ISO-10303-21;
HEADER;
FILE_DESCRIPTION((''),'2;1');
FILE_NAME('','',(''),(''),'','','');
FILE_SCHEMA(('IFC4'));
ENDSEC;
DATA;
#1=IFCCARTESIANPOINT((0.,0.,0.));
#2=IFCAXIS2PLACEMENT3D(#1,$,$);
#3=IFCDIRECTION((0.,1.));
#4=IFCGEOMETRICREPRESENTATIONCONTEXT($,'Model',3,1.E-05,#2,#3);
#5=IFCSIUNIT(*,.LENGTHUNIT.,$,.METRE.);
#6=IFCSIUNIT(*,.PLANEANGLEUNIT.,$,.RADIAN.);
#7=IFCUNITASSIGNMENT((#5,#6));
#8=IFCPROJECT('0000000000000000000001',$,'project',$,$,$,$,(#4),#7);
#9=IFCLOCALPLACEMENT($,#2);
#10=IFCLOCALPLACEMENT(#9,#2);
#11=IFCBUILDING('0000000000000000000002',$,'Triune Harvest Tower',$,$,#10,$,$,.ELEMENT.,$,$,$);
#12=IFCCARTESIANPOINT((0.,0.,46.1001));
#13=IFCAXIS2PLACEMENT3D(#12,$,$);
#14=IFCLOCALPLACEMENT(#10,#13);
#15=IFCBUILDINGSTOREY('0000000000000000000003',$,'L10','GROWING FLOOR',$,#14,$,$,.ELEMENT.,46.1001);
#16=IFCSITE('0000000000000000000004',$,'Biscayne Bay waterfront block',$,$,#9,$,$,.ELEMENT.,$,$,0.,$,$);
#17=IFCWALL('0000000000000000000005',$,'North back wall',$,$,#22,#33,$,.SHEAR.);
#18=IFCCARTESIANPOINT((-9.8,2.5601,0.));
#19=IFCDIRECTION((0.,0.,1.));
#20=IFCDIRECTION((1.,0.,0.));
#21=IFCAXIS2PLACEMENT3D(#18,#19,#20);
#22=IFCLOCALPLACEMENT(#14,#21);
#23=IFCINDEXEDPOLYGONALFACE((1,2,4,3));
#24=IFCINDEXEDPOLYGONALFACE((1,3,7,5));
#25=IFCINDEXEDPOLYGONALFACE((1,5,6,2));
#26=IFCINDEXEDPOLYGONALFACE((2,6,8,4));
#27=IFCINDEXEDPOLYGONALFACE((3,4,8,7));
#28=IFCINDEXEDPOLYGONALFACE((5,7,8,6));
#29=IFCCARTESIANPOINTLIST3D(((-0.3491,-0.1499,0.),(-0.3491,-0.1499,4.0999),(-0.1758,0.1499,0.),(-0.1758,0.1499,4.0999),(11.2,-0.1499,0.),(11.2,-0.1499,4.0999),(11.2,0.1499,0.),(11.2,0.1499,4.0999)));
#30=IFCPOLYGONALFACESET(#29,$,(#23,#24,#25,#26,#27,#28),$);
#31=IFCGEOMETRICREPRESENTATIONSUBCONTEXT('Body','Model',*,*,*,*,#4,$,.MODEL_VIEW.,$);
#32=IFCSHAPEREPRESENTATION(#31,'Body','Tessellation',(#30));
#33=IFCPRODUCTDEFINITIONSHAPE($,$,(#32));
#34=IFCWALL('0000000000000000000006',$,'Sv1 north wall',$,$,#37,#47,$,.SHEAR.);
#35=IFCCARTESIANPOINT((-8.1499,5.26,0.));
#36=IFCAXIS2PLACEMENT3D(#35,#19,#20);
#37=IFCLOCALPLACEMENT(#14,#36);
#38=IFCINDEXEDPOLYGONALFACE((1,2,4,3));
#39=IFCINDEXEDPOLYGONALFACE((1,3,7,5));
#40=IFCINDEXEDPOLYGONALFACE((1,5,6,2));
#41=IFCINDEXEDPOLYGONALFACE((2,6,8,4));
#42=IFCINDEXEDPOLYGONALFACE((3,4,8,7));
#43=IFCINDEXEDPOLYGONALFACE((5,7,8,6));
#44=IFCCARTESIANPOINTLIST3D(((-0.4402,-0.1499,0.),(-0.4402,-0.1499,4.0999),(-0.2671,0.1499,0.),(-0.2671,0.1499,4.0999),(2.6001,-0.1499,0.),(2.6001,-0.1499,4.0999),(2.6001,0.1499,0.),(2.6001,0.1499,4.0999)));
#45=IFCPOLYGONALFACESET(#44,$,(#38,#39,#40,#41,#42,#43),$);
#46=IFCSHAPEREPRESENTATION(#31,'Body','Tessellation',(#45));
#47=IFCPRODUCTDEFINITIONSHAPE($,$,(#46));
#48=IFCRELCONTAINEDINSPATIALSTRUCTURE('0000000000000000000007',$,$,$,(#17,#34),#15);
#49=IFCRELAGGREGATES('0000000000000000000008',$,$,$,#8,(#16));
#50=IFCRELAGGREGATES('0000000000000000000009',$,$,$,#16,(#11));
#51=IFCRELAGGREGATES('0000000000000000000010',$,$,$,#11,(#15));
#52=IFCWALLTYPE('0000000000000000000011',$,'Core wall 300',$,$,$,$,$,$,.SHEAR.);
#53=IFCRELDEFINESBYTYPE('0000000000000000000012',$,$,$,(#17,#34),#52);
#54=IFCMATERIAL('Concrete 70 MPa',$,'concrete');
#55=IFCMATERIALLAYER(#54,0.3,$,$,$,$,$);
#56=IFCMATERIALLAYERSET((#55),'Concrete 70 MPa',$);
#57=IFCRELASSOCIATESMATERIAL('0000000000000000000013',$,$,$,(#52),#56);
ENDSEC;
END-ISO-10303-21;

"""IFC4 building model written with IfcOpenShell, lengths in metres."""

from ifc_helpers import new_model, si_unit, direction, frame, origin, place, context, subcontext, project, spatial, polyline, outline, extrude, source, transform, mapped, material, layer, layer_set, type_object, element, save


model = new_model("IFC4")

# Units and contexts
model_context = context("Model", 3, precision=1e-05, world=origin(), true_north=direction((0.0, 1.0)))
body_context = subcontext(model_context, "Body", "Model", "MODEL_VIEW")
ifc_project = project(units=[si_unit("LENGTHUNIT", "METRE"), si_unit("PLANEANGLEUNIT", "RADIAN")], contexts=[model_context])

# Site, building, storey
site_placement = place(None, origin())
site = spatial("IfcSite", under=ifc_project, at=site_placement, Name="Biscayne Bay waterfront block", CompositionType="ELEMENT", RefElevation=0.0)
building_placement = place(site_placement, origin())
building = spatial("IfcBuilding", under=site, at=building_placement, Name="Triune Harvest Tower", CompositionType="ELEMENT")
storey_placement = place(building_placement, frame((0.0, 0.0, 46.1001)))
storey = spatial("IfcBuildingStorey", under=building, at=storey_placement, Name="L10", Description="GROWING FLOOR", CompositionType="ELEMENT", Elevation=46.1001)

# Walls
ifc_material_1 = material(Name="Concrete 70 MPa", Category="concrete")
ifc_layer_1 = layer(ifc_material_1, 0.3)
ifc_layer_set_1 = layer_set([ifc_layer_1], Name="Concrete 70 MPa")
wall_type_1 = type_object("IfcWallType", Name="Core wall 300", PredefinedType="SHEAR", material=ifc_layer_set_1)
shared_shape_1 = source(origin(), body_context, "Body", "SweptSolid", [
    extrude(outline(polyline([(11.2, -0.1499), (-0.3491, -0.1499), (-0.1758, 0.1499), (11.2, 0.1499), (11.2, -0.1499)])), origin(), (0.0, 0.0, 1.0), 4.0999),
])
wall_1_placement = place(storey_placement, frame((-9.8, 2.5601, 0.0), z_axis=(0.0, 0.0, 1.0), x_axis=(1.0, 0.0, 0.0)))
element("IfcWall", 1, at=wall_1_placement, inside=storey, type_object=wall_type_1, Name="North back wall", PredefinedType="SHEAR", context=body_context, shape_type="MappedRepresentation", body=[
    mapped(shared_shape_1, transform((0.0, 0.0, 0.0), scale=1.0)),
])
shared_shape_2 = source(origin(), body_context, "Body", "SweptSolid", [
    extrude(outline(polyline([(2.6001, -0.1499), (-0.4402, -0.1499), (-0.2671, 0.1499), (2.6001, 0.1499), (2.6001, -0.1499)])), origin(), (0.0, 0.0, 1.0), 4.0999),
])
wall_2_placement = place(storey_placement, frame((-8.1499, 5.26, 0.0), z_axis=(0.0, 0.0, 1.0), x_axis=(1.0, 0.0, 0.0)))
element("IfcWall", 2, at=wall_2_placement, inside=storey, type_object=wall_type_1, Name="Sv1 north wall", PredefinedType="SHEAR", context=body_context, shape_type="MappedRepresentation", body=[
    mapped(shared_shape_2, transform((0.0, 0.0, 0.0), scale=1.0)),
])

save(model, "model.ifc")
